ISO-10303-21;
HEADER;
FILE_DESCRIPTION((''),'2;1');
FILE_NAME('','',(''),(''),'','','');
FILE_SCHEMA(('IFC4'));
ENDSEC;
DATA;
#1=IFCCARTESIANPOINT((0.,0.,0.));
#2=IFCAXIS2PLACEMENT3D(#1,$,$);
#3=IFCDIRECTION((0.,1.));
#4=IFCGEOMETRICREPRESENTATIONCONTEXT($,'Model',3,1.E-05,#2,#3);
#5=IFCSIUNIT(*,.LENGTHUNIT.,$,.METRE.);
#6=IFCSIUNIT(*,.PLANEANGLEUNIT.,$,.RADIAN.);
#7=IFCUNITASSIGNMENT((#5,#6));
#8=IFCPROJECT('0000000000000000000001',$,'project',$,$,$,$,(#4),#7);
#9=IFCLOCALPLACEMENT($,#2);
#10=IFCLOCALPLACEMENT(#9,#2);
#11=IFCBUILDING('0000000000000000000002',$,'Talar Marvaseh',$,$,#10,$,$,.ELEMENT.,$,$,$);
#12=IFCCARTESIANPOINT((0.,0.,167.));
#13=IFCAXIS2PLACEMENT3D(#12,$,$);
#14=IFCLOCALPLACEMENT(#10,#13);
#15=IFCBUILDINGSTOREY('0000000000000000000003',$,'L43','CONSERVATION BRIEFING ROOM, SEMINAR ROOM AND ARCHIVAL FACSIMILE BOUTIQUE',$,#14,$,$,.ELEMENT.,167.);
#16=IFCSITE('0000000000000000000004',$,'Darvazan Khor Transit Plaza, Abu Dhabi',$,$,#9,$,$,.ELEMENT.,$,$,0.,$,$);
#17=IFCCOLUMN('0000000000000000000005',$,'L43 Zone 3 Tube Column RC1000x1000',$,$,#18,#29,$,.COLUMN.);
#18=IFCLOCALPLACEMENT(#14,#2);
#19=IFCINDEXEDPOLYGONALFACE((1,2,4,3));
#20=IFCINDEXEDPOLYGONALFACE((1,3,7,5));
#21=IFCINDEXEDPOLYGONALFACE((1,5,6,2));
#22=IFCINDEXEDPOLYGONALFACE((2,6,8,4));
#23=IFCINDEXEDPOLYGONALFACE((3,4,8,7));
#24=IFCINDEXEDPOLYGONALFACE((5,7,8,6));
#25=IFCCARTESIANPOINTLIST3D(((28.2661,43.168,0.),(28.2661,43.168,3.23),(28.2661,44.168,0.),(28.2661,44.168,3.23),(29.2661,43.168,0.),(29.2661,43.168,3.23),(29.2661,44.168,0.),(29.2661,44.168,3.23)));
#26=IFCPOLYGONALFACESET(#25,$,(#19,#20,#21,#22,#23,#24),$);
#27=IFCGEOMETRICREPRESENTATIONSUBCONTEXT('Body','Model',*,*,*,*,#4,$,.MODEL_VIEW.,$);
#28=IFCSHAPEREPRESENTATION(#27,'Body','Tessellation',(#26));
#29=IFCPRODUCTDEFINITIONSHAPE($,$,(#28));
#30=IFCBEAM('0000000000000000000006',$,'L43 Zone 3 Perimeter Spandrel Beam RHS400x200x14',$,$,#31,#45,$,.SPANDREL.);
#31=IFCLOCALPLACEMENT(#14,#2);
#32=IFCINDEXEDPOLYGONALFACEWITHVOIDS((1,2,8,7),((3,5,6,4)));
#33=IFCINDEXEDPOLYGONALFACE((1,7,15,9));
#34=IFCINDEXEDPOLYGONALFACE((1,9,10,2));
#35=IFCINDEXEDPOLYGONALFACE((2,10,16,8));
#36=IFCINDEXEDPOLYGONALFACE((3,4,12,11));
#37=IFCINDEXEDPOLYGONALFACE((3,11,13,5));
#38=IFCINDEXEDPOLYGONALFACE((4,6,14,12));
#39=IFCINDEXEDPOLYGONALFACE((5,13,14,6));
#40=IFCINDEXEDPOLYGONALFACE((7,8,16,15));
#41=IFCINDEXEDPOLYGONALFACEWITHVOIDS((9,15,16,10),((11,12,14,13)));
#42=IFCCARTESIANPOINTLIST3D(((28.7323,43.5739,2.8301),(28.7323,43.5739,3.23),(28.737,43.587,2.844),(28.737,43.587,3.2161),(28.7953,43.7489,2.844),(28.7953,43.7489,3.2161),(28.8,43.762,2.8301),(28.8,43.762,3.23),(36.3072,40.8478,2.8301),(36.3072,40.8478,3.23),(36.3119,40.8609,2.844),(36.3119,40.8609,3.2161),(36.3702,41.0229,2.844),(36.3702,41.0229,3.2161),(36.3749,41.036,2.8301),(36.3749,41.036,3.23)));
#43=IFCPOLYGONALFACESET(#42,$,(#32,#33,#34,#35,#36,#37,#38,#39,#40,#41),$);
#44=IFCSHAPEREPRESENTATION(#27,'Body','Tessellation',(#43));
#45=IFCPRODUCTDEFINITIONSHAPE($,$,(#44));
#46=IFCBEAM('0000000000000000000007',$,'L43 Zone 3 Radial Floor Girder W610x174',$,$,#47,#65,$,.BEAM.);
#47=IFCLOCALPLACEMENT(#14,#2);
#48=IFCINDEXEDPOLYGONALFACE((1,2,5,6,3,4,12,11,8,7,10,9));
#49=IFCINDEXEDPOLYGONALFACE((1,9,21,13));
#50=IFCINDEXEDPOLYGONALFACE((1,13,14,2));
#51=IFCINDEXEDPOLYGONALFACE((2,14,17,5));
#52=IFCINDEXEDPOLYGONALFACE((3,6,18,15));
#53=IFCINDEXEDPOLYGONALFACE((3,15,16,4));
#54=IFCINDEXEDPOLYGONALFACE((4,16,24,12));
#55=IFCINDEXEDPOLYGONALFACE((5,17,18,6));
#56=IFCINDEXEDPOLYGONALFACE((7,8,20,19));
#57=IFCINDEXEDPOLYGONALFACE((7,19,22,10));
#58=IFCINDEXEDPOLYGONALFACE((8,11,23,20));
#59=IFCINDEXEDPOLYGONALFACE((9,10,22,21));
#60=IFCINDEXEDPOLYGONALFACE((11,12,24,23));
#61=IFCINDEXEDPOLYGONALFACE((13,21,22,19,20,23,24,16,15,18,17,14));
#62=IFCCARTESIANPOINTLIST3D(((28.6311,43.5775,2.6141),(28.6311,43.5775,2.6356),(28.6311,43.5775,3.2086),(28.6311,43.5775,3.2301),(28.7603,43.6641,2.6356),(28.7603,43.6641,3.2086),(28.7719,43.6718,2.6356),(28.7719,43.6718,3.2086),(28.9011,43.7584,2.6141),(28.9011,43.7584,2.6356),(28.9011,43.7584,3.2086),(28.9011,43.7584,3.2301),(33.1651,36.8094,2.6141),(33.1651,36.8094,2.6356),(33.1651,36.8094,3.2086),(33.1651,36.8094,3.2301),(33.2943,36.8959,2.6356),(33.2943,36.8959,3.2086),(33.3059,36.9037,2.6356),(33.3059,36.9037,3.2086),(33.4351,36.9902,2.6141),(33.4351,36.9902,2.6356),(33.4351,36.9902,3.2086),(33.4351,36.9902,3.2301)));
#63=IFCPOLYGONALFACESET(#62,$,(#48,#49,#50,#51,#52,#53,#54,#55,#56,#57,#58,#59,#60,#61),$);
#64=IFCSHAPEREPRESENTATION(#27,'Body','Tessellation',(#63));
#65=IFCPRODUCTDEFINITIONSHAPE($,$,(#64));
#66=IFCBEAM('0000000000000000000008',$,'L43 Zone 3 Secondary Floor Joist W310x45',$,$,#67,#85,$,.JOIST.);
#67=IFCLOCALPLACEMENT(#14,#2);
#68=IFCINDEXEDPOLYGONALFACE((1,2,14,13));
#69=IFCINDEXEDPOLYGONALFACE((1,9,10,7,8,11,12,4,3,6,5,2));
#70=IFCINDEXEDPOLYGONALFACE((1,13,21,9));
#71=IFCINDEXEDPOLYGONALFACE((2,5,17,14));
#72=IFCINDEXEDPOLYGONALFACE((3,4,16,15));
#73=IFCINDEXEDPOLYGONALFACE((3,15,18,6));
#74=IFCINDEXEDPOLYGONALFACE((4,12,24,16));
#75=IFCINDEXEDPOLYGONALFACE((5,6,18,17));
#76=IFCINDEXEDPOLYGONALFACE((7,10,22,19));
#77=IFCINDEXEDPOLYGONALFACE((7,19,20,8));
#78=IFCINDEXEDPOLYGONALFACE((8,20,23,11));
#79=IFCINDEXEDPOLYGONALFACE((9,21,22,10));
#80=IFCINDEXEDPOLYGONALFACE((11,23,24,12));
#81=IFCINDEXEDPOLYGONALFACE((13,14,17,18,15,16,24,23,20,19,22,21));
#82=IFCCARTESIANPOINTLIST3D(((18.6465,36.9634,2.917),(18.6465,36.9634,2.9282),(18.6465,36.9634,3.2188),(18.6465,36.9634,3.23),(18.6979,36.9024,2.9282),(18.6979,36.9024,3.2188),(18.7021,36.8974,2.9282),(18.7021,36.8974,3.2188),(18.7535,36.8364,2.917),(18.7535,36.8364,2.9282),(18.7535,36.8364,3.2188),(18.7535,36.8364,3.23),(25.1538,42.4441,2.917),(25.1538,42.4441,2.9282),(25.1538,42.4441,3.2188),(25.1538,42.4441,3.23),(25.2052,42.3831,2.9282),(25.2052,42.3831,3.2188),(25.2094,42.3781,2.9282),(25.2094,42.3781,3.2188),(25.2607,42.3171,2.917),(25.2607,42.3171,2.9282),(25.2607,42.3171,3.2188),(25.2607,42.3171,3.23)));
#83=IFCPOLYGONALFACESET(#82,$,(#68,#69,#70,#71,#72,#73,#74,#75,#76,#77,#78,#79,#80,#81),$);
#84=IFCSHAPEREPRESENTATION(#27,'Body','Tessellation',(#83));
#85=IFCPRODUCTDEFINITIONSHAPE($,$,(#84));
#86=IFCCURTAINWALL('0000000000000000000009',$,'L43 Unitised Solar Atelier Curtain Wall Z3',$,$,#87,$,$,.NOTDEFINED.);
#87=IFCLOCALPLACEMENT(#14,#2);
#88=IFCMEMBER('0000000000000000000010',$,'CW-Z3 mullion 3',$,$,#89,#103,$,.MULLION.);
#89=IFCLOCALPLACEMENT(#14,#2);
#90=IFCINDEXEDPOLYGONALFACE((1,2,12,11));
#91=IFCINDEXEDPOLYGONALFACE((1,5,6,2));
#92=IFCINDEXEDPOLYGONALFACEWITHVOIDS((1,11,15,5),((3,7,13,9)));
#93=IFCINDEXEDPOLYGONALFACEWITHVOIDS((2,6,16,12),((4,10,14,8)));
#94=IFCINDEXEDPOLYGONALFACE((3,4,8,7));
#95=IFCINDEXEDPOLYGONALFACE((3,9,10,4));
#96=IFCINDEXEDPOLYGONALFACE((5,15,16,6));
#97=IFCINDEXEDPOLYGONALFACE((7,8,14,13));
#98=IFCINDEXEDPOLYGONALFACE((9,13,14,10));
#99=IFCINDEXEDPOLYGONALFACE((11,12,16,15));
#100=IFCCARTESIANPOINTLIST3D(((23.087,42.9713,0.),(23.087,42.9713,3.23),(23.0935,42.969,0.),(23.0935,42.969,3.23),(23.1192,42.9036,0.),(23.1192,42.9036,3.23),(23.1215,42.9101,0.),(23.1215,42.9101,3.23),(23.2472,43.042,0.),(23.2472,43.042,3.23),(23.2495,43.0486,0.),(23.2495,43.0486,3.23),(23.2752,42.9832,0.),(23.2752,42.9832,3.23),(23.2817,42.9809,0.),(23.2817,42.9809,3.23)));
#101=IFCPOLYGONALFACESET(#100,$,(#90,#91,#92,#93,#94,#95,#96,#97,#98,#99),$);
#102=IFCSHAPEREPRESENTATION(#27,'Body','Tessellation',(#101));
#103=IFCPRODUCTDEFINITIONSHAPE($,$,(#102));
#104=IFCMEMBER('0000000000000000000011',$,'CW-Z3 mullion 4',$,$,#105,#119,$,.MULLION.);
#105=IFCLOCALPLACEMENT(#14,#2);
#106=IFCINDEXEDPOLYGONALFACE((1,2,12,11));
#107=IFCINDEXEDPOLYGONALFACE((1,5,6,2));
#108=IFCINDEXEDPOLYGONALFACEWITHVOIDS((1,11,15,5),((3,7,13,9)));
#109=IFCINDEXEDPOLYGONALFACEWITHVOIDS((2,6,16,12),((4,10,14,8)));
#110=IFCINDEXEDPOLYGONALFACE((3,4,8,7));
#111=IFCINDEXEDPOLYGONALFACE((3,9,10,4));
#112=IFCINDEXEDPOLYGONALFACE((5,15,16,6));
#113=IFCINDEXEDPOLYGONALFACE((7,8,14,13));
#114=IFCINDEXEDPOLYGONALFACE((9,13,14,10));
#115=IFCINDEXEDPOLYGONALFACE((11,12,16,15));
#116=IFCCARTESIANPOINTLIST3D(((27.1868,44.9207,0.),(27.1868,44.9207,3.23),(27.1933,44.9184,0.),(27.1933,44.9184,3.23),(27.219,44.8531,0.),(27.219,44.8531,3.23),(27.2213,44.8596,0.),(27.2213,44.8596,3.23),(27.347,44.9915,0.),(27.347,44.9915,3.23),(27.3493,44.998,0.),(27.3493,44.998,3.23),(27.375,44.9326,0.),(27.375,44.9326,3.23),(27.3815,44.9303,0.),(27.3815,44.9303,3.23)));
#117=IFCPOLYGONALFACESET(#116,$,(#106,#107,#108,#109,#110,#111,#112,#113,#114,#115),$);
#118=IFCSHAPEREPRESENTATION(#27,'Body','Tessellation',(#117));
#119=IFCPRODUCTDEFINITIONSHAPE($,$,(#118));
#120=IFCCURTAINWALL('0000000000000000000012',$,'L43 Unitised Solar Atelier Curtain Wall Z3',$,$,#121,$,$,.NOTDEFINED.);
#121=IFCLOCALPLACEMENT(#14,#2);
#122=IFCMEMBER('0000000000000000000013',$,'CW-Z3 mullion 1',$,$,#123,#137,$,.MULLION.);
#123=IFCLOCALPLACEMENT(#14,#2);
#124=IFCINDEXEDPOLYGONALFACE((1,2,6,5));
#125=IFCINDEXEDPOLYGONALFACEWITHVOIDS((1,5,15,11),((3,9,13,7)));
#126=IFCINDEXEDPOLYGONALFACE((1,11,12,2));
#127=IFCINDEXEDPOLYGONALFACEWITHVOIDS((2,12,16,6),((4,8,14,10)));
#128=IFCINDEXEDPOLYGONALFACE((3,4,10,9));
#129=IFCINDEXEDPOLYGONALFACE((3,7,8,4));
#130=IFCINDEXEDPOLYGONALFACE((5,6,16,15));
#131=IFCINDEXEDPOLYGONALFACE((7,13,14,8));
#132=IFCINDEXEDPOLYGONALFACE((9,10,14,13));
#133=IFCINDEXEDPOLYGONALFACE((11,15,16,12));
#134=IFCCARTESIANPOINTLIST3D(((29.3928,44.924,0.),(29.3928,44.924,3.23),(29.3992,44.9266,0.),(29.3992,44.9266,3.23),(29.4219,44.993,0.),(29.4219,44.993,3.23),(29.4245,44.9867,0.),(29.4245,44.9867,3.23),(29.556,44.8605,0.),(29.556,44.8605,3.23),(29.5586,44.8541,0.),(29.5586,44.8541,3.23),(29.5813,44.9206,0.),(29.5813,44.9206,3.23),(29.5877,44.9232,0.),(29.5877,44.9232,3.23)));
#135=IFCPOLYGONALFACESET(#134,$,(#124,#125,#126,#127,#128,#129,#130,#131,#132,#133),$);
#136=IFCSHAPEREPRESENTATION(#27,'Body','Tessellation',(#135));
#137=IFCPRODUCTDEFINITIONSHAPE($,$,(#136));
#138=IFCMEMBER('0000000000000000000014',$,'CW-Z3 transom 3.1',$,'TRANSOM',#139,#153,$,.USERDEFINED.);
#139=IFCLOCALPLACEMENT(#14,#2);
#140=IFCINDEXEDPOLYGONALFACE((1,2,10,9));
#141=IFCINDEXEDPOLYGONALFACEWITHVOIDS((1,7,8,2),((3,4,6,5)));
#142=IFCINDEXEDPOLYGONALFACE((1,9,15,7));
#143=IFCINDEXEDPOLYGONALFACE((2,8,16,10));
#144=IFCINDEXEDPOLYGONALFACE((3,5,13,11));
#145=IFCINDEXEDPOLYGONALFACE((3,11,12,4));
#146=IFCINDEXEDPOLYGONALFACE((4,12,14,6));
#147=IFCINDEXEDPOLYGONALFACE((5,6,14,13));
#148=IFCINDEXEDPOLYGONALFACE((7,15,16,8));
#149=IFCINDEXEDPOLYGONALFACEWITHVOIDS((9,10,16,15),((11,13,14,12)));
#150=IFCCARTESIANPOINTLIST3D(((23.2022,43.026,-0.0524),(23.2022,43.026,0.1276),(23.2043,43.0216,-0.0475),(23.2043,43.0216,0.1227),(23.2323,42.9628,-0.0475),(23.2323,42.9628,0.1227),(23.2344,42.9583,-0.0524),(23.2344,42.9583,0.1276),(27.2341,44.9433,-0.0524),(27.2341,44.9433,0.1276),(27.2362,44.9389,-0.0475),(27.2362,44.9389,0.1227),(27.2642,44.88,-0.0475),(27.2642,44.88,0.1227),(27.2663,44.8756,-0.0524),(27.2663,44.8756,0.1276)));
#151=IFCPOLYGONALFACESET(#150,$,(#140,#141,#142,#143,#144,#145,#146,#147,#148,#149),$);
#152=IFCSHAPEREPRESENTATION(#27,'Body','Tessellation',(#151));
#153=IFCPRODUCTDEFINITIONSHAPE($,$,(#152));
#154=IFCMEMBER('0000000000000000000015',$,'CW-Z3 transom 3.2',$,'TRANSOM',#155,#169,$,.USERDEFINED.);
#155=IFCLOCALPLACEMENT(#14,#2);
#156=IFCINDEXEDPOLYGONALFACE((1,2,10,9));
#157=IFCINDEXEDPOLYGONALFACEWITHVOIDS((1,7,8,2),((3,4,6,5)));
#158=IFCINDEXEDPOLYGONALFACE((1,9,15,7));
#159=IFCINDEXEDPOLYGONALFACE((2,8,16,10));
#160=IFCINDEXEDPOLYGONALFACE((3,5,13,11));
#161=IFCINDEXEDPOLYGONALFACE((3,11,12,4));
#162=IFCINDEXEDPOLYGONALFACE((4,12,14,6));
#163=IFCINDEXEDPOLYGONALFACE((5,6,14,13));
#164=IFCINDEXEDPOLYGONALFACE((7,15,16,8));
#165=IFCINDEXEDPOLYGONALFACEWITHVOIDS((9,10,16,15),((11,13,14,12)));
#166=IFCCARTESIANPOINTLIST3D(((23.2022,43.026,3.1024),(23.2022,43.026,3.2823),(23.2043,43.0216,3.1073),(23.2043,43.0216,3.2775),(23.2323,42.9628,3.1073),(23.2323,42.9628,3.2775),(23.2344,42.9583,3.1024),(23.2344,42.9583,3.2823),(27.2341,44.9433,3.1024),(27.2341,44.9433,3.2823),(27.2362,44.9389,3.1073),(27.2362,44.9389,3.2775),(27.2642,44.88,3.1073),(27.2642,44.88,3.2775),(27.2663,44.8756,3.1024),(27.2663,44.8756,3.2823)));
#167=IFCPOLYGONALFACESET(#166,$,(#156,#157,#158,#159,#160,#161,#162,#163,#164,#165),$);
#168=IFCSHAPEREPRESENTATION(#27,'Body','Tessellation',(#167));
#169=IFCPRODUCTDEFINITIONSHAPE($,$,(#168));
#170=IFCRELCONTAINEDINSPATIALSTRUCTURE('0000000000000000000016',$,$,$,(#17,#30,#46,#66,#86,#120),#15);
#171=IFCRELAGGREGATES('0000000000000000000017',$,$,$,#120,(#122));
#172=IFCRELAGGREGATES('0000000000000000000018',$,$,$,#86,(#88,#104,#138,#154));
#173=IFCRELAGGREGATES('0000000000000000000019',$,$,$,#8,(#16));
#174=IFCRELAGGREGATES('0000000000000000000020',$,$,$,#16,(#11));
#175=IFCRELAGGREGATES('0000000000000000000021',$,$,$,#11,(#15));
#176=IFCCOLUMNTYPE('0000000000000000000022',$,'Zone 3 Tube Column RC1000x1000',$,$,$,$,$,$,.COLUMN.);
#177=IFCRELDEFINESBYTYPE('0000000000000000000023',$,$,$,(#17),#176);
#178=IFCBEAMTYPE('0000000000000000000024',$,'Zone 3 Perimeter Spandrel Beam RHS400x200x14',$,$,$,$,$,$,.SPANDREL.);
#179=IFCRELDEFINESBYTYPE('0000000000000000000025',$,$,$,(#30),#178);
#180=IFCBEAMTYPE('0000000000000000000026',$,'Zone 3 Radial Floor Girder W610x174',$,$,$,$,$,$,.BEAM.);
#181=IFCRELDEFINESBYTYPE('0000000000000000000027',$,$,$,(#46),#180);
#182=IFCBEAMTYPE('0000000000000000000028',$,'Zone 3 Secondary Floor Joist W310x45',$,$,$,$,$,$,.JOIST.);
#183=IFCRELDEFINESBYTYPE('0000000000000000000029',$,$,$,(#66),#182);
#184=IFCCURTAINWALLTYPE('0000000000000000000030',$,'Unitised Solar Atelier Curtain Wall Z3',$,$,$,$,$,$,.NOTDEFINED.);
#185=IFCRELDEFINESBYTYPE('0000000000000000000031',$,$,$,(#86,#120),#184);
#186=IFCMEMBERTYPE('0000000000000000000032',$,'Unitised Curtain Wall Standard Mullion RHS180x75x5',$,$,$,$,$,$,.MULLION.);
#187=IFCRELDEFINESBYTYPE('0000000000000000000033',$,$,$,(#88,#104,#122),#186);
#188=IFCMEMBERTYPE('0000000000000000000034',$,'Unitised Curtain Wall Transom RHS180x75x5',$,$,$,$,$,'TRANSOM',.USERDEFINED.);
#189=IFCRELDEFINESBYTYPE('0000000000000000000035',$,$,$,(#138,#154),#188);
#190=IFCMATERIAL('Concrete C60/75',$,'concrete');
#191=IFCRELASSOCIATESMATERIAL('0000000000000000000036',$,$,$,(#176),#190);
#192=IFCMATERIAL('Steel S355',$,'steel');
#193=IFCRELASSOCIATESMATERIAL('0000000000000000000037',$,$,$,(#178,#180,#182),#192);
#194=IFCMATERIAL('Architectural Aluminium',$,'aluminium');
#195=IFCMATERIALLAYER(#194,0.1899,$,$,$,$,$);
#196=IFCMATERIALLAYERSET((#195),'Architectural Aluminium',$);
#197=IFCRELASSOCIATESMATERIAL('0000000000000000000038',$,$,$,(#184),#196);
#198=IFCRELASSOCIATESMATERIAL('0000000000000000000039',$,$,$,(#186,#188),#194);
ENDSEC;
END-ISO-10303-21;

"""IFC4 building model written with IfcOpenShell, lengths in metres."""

from ifc_helpers import new_model, si_unit, direction, frame, origin, origin_2d, place, context, subcontext, project, spatial, rectangle, hollow_rectangle, i_section, extrude, source, transform, mapped, material, layer, layer_set, material_profile, profile_set, type_object, type_shapes, element, aggregate, save


model = new_model("IFC4")

# Units and contexts
model_context = context("Model", 3, precision=1e-05, world=origin(), true_north=direction((0.0, 1.0)))
body_context = subcontext(model_context, "Body", "Model", "MODEL_VIEW")
ifc_project = project(units=[si_unit("LENGTHUNIT", "METRE"), si_unit("PLANEANGLEUNIT", "RADIAN")], contexts=[model_context])

# Site, building, storey
site_placement = place(None, origin())
site = spatial("IfcSite", under=ifc_project, at=site_placement, Name="Darvazan Khor Transit Plaza, Abu Dhabi", CompositionType="ELEMENT", RefElevation=0.0)
building_placement = place(site_placement, origin())
building = spatial("IfcBuilding", under=site, at=building_placement, Name="Talar Marvaseh", CompositionType="ELEMENT")
storey_placement = place(building_placement, frame((0.0, 0.0, 167.0)))
storey = spatial("IfcBuildingStorey", under=building, at=storey_placement, Name="L43", Description="CONSERVATION BRIEFING ROOM, SEMINAR ROOM AND ARCHIVAL FACSIMILE BOUTIQUE", CompositionType="ELEMENT", Elevation=167.0)

# Column
ifc_material_1 = material(Name="Concrete C60/75", Category="concrete")
ifc_material_profile_1 = material_profile(ifc_material_1, rectangle(XDim=1.0, YDim=1.0, at=origin_2d()), Name="RC1000x1000")
ifc_profile_set_1 = profile_set([ifc_material_profile_1], Name="Concrete C60/75")
column_type = type_object("IfcColumnType", Name="Zone 3 Tube Column RC1000x1000", PredefinedType="COLUMN", material=ifc_profile_set_1)
column_placement = place(storey_placement, frame((28.7661, 43.668, 0.0), z_axis=(0.0, 0.0, 1.0), x_axis=(1.0, 0.0, 0.0)))
element("IfcColumn", 1, at=column_placement, inside=storey, type_object=column_type, Name="L43 Zone 3 Tube Column RC1000x1000", PredefinedType="COLUMN", context=body_context, shape_type="SweptSolid", body=[
    extrude(rectangle(XDim=1.0, YDim=1.0, at=origin_2d()), origin(), (0.0, 0.0, 1.0), 3.23),
])

# Beams
ifc_material_2 = material(Name="Steel S355", Category="steel")
ifc_material_profile_2 = material_profile(ifc_material_2, hollow_rectangle(XDim=0.2, YDim=0.3999, WallThickness=0.0139, at=origin_2d()), Name="RHS400x200x14")
ifc_profile_set_2 = profile_set([ifc_material_profile_2], Name="Steel S355")
beam_type_1 = type_object("IfcBeamType", Name="Zone 3 Perimeter Spandrel Beam RHS400x200x14", PredefinedType="SPANDREL", material=ifc_profile_set_2)
beam_1_placement = place(storey_placement, frame((28.7661, 43.668, 3.03), z_axis=(0.940923, -0.33862, 0.0), x_axis=(0.33862, 0.940923, 0.0)))
element("IfcBeam", 2, at=beam_1_placement, inside=storey, type_object=beam_type_1, Name="L43 Zone 3 Perimeter Spandrel Beam RHS400x200x14", PredefinedType="SPANDREL", context=body_context, shape_type="SweptSolid", body=[
    extrude(hollow_rectangle(XDim=0.2, YDim=0.3999, WallThickness=0.0139, at=origin_2d()), origin(), (0.0, 0.0, 1.0), 8.0505),
])
ifc_material_profile_3 = material_profile(ifc_material_2, i_section(OverallWidth=0.325, OverallDepth=0.616, WebThickness=0.0139, FlangeThickness=0.0215, at=origin_2d()), Name="W610x174")
ifc_profile_set_3 = profile_set([ifc_material_profile_3], Name="Steel S355")
beam_type_2 = type_object("IfcBeamType", Name="Zone 3 Radial Floor Girder W610x174", PredefinedType="BEAM", material=ifc_profile_set_3)
beam_2_placement = place(storey_placement, frame((28.7661, 43.668, 2.9221), z_axis=(0.556559, -0.830808, 0.0), x_axis=(0.830808, 0.556559, 0.0)))
element("IfcBeam", 3, at=beam_2_placement, inside=storey, type_object=beam_type_2, Name="L43 Zone 3 Radial Floor Girder W610x174", PredefinedType="BEAM", context=body_context, shape_type="SweptSolid", body=[
    extrude(i_section(OverallWidth=0.325, OverallDepth=0.616, WebThickness=0.0139, FlangeThickness=0.0215, at=origin_2d()), origin(), (0.0, 0.0, 1.0), 8.1465),
])
ifc_material_profile_4 = material_profile(ifc_material_2, i_section(OverallWidth=0.166, OverallDepth=0.313, WebThickness=0.0066, FlangeThickness=0.0112, at=origin_2d()), Name="W310x45")
ifc_profile_set_4 = profile_set([ifc_material_profile_4], Name="Steel S355")
beam_type_3 = type_object("IfcBeamType", Name="Zone 3 Secondary Floor Joist W310x45", PredefinedType="JOIST", material=ifc_profile_set_4)
beam_3_placement = place(storey_placement, frame((25.2073, 42.3806, 3.0735), z_axis=(-0.764861, -0.644195, 0.0), x_axis=(0.644195, -0.764861, 0.0)))
element("IfcBeam", 4, at=beam_3_placement, inside=storey, type_object=beam_type_3, Name="L43 Zone 3 Secondary Floor Joist W310x45", PredefinedType="JOIST", context=body_context, shape_type="SweptSolid", body=[
    extrude(i_section(OverallWidth=0.166, OverallDepth=0.313, WebThickness=0.0066, FlangeThickness=0.0112, at=origin_2d()), origin(), (0.0, 0.0, 1.0), 8.5078),
])

# Curtain wall, members
ifc_material_3 = material(Name="Architectural Aluminium", Category="aluminium")
ifc_layer_1 = layer(ifc_material_3, 0.1899)
ifc_layer_set_1 = layer_set([ifc_layer_1], Name="Architectural Aluminium")
curtain_wall_type = type_object("IfcCurtainWallType", Name="Unitised Solar Atelier Curtain Wall Z3", PredefinedType="NOTDEFINED", material=ifc_layer_set_1)
curtain_wall_1_placement = place(storey_placement, origin())
curtain_wall_1 = element("IfcCurtainWall", 5, at=curtain_wall_1_placement, inside=storey, type_object=curtain_wall_type, Name="L43 Unitised Solar Atelier Curtain Wall Z3", PredefinedType="NOTDEFINED")
ifc_material_profile_5 = material_profile(ifc_material_3, hollow_rectangle(XDim=0.075, YDim=0.1799, WallThickness=0.0049, at=origin_2d()), Name="RHS180x75x5")
ifc_profile_set_5 = profile_set([ifc_material_profile_5], Name="Architectural Aluminium")
member_type_1 = type_object("IfcMemberType", Name="Unitised Curtain Wall Standard Mullion RHS180x75x5", PredefinedType="MULLION", material=ifc_profile_set_5)
shared_shape_1 = source(origin(), body_context, "Body", "SweptSolid", [
    extrude(hollow_rectangle(XDim=0.075, YDim=0.1799, WallThickness=0.0049, at=origin_2d()), origin(), (0.0, 0.0, 1.0), 3.23),
])
type_shapes(member_type_1, [shared_shape_1])
member_1_placement = place(storey_placement, frame((23.1843, 42.9761, 0.0), z_axis=(0.0, 0.0, 1.0), x_axis=(-0.429444, 0.903093, 0.0)))
member_1 = element("IfcMember", 6, at=member_1_placement, type_object=member_type_1, Name="CW-Z3 mullion 3", PredefinedType="MULLION", context=body_context, shape_type="MappedRepresentation", body=[
    mapped(shared_shape_1, transform((0.0, 0.0, 0.0), x_axis=(1.0, 0.0, 0.0), y_axis=(0.0, 1.0, 0.0), z_axis=(0.0, 0.0, 1.0), scale=1.0)),
])
member_2_placement = place(storey_placement, frame((27.2842, 44.9255, 0.0), z_axis=(0.0, 0.0, 1.0), x_axis=(-0.429444, 0.903093, 0.0)))
member_2 = element("IfcMember", 7, at=member_2_placement, type_object=member_type_1, Name="CW-Z3 mullion 4", PredefinedType="MULLION", context=body_context, shape_type="MappedRepresentation", body=[
    mapped(shared_shape_1, transform((0.0, 0.0, 0.0), x_axis=(1.0, 0.0, 0.0), y_axis=(0.0, 1.0, 0.0), z_axis=(0.0, 0.0, 1.0), scale=1.0)),
])

# Curtain wall, member
curtain_wall_2_placement = place(storey_placement, origin())
curtain_wall_2 = element("IfcCurtainWall", 8, at=curtain_wall_2_placement, inside=storey, type_object=curtain_wall_type, Name="L43 Unitised Solar Atelier Curtain Wall Z3", PredefinedType="NOTDEFINED")
member_3_placement = place(storey_placement, frame((29.4902, 44.9236, 0.0), z_axis=(0.0, 0.0, 1.0), x_axis=(0.388258, 0.921551, 0.0)))
member_3 = element("IfcMember", 9, at=member_3_placement, type_object=member_type_1, Name="CW-Z3 mullion 1", PredefinedType="MULLION", context=body_context, shape_type="MappedRepresentation", body=[
    mapped(shared_shape_1, transform((0.0, 0.0, 0.0), x_axis=(1.0, 0.0, 0.0), y_axis=(0.0, 1.0, 0.0), z_axis=(0.0, 0.0, 1.0), scale=1.0)),
])

# Members
ifc_material_profile_6 = material_profile(ifc_material_3, hollow_rectangle(XDim=0.075, YDim=0.1799, WallThickness=0.0049, at=origin_2d()), Name="RHS180x75x5")
ifc_profile_set_6 = profile_set([ifc_material_profile_6], Name="Architectural Aluminium")
member_type_2 = type_object("IfcMemberType", Name="Unitised Curtain Wall Transom RHS180x75x5", ElementType="TRANSOM", PredefinedType="USERDEFINED", material=ifc_profile_set_6)
shared_shape_2 = source(origin(), body_context, "Body", "SweptSolid", [
    extrude(hollow_rectangle(XDim=0.075, YDim=0.1799, WallThickness=0.0049, at=origin_2d()), origin(), (0.0, 0.0, 1.0), 4.4646),
])
member_4_placement = place(storey_placement, frame((23.2183, 42.9922, 0.0376), z_axis=(0.9031, 0.42943, 0.0), x_axis=(-0.42943, 0.9031, 0.0)))
member_4 = element("IfcMember", 10, at=member_4_placement, type_object=member_type_2, Name="CW-Z3 transom 3.1", ObjectType="TRANSOM", PredefinedType="USERDEFINED", context=body_context, shape_type="MappedRepresentation", body=[
    mapped(shared_shape_2, transform((0.0, 0.0, 0.0), x_axis=(1.0, 0.0, 0.0), y_axis=(0.0, 1.0, 0.0), z_axis=(0.0, 0.0, 1.0), scale=1.0)),
])
member_5_placement = place(storey_placement, frame((23.2183, 42.9922, 3.1924), z_axis=(0.9031, 0.42943, 0.0), x_axis=(-0.42943, 0.9031, 0.0)))
member_5 = element("IfcMember", 11, at=member_5_placement, type_object=member_type_2, Name="CW-Z3 transom 3.2", ObjectType="TRANSOM", PredefinedType="USERDEFINED", context=body_context, shape_type="MappedRepresentation", body=[
    mapped(shared_shape_2, transform((0.0, 0.0, 0.0), x_axis=(1.0, 0.0, 0.0), y_axis=(0.0, 1.0, 0.0), z_axis=(0.0, 0.0, 1.0), scale=1.0)),
])

aggregate(curtain_wall_2, [member_3])
aggregate(curtain_wall_1, [member_1, member_2, member_4, member_5])

save(model, "model.ifc")
